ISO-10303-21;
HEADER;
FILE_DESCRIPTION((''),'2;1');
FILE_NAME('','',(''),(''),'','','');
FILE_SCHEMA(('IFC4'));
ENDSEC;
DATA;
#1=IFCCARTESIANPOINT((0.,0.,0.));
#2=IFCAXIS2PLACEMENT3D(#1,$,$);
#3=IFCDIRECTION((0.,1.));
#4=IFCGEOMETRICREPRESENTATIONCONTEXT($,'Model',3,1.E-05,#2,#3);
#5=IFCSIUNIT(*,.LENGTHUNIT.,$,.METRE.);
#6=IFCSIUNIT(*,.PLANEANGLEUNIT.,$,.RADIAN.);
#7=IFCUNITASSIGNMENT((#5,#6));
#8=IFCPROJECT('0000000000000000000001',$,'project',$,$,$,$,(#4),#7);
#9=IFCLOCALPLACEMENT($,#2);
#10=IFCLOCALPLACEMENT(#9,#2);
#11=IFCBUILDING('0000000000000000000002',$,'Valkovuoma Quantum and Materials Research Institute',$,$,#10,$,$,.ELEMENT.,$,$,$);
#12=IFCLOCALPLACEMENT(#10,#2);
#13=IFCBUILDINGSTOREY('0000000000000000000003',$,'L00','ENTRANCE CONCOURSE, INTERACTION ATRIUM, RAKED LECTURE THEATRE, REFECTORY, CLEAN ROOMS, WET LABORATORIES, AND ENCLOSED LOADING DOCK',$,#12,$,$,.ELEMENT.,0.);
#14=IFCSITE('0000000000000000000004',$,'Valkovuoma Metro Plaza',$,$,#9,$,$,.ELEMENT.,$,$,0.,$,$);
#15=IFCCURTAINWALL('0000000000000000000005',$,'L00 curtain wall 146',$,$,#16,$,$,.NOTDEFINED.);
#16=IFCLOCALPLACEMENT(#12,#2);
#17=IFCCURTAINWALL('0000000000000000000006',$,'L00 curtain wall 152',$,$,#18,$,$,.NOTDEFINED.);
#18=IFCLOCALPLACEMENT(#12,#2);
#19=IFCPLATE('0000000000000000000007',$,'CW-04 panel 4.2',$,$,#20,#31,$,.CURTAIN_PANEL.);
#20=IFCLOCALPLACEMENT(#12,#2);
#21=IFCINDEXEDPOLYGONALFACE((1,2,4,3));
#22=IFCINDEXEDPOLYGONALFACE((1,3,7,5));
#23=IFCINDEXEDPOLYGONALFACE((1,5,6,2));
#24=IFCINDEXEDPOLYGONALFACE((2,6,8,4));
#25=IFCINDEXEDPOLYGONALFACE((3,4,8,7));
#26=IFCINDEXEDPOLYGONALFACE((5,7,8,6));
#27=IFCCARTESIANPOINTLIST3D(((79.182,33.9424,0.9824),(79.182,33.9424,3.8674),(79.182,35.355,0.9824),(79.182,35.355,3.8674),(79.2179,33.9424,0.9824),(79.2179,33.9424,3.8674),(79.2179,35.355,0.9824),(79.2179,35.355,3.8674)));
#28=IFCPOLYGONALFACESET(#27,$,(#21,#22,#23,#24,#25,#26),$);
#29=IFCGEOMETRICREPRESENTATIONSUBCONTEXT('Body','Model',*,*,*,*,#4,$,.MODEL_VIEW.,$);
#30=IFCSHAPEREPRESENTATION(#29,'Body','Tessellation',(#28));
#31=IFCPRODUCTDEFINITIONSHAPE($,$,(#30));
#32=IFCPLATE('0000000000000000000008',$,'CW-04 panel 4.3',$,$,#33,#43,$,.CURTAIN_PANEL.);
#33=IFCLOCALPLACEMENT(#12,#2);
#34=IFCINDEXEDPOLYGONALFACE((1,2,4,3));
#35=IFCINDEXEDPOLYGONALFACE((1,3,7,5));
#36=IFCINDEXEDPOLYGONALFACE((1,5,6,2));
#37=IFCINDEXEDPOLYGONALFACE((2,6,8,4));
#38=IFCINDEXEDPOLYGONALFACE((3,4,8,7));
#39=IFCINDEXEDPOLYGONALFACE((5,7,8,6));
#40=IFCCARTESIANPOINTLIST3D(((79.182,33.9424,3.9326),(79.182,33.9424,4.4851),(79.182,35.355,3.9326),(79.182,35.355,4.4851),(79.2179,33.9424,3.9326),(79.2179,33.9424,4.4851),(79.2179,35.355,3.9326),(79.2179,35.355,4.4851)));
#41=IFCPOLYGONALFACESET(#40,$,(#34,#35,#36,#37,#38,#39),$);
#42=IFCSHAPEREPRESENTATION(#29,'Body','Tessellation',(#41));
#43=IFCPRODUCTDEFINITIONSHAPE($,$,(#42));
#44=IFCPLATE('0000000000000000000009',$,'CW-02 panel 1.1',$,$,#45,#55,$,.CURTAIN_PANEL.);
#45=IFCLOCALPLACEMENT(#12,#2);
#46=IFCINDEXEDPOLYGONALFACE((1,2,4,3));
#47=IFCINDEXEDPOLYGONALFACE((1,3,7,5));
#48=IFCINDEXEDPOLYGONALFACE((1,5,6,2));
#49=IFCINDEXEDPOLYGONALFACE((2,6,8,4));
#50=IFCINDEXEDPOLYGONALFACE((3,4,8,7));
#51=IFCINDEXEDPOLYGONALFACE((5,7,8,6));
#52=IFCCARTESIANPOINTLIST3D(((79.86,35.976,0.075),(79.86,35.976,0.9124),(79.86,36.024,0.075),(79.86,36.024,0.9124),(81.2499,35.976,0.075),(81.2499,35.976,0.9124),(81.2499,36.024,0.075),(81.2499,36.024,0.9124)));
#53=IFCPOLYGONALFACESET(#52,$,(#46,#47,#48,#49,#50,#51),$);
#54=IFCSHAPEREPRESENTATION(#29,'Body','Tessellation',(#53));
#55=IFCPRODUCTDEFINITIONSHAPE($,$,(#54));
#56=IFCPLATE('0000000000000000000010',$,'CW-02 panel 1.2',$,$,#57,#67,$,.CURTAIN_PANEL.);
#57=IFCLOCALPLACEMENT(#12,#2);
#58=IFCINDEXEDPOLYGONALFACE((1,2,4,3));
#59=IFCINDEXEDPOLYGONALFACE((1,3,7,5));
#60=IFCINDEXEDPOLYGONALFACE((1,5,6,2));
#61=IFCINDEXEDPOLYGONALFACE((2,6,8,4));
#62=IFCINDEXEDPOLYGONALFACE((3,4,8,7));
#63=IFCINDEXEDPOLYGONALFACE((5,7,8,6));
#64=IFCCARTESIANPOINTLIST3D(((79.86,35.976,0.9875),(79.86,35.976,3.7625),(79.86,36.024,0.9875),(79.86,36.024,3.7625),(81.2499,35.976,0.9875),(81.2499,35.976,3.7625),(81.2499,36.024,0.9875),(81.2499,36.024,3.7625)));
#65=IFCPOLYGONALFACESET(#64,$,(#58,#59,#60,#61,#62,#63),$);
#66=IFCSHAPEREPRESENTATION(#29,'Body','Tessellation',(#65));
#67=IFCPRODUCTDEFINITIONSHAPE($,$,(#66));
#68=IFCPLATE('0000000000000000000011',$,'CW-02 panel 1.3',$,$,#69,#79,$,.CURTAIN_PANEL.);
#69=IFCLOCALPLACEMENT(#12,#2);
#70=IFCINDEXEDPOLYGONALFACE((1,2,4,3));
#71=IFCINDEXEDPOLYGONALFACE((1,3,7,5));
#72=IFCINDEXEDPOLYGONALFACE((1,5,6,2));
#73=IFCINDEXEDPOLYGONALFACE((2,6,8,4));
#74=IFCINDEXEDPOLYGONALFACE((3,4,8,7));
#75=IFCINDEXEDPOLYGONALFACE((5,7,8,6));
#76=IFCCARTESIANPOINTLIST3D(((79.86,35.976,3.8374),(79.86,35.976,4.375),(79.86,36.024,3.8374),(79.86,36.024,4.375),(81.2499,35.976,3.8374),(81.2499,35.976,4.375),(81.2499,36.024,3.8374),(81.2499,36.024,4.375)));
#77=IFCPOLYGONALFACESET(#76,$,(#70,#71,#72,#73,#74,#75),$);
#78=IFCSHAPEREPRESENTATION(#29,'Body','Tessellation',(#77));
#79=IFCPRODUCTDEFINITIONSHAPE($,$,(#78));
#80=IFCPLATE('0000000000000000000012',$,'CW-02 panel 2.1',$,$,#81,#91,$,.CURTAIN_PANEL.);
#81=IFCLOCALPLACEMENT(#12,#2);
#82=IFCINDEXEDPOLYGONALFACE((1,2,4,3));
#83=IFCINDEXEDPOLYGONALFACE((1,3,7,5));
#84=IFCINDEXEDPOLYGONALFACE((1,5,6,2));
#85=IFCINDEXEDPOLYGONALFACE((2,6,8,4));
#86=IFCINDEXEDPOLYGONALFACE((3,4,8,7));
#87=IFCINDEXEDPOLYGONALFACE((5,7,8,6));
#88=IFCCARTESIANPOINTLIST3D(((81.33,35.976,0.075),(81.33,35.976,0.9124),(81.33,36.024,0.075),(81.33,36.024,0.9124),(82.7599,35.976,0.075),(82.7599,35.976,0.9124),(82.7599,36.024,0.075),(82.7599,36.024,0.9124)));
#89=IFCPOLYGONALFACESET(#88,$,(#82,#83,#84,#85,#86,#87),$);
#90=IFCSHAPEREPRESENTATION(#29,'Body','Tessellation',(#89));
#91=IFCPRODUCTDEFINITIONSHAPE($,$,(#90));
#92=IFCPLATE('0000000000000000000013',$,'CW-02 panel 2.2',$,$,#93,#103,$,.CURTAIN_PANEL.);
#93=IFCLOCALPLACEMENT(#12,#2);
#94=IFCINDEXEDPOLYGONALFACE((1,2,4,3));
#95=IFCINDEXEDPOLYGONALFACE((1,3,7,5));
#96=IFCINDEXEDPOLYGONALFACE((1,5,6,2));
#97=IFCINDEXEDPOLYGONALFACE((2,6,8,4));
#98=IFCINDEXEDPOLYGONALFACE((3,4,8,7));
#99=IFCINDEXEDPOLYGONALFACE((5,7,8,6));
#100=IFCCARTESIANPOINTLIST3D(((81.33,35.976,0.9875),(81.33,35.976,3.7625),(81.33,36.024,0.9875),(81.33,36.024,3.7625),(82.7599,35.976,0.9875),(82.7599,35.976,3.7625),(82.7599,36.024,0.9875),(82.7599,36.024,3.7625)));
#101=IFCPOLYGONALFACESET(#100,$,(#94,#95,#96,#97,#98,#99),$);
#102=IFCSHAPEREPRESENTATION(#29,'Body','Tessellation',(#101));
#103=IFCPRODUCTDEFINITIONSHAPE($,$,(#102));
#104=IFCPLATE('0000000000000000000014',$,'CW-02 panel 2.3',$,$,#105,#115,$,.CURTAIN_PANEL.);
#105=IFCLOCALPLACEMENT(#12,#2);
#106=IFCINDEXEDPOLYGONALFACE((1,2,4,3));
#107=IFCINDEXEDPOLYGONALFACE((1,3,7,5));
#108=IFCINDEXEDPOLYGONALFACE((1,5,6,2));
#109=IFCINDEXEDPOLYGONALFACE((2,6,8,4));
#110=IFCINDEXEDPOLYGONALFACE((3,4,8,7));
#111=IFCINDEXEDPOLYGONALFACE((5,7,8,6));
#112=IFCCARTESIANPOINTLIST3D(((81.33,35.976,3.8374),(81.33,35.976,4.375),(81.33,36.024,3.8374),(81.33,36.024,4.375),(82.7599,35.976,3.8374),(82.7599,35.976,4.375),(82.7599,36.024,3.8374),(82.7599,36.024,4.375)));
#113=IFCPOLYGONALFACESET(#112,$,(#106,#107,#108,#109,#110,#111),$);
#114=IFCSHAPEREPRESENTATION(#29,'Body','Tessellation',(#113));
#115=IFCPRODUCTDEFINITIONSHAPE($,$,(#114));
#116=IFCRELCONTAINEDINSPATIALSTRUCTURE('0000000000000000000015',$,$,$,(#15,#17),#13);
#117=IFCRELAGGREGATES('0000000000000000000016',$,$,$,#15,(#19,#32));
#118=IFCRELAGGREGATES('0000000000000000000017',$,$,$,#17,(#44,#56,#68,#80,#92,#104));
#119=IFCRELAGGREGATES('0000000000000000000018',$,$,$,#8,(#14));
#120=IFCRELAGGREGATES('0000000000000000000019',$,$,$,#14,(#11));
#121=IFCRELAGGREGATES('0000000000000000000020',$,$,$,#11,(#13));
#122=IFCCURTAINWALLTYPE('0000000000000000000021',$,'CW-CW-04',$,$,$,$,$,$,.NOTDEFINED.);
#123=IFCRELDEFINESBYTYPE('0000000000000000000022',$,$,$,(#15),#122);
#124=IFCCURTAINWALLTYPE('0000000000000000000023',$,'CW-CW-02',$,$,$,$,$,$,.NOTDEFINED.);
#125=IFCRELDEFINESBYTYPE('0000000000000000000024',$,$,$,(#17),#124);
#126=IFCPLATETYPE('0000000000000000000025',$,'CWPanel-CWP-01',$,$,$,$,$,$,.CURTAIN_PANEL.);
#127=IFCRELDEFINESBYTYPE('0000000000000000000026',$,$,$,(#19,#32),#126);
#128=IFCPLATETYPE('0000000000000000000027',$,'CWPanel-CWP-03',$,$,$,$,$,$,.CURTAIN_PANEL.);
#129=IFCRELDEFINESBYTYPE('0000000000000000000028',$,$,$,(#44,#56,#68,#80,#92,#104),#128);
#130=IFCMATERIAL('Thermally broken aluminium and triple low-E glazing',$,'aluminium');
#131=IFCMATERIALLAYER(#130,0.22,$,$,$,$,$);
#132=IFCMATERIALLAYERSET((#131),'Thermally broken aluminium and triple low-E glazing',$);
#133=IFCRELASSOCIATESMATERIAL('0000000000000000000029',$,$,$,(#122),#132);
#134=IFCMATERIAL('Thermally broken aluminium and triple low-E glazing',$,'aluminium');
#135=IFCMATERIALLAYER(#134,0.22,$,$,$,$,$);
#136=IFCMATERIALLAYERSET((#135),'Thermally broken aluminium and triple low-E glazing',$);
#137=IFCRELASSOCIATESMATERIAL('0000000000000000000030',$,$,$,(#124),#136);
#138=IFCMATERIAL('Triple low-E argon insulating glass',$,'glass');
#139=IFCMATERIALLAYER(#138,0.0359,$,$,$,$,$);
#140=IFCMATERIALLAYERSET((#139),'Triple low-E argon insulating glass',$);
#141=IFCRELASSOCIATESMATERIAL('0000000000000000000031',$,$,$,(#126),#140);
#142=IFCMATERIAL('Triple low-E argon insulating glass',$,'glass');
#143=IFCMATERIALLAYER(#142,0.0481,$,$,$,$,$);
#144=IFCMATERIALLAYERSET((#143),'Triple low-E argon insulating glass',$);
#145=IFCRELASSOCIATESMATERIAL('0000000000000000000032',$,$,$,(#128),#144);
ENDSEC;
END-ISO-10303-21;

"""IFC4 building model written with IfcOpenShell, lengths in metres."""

from ifc_helpers import new_model, si_unit, direction, frame, origin, origin_2d, place, context, subcontext, project, spatial, rectangle, extrude, material, layer, layer_set, type_object, element, aggregate, save


model = new_model("IFC4")

# Units and contexts
model_context = context("Model", 3, precision=1e-05, world=origin(), true_north=direction((0.0, 1.0)))
body_context = subcontext(model_context, "Body", "Model", "MODEL_VIEW")
ifc_project = project(units=[si_unit("LENGTHUNIT", "METRE"), si_unit("PLANEANGLEUNIT", "RADIAN")], contexts=[model_context])

# Site, building, storey
site_placement = place(None, origin())
site = spatial("IfcSite", under=ifc_project, at=site_placement, Name="Valkovuoma Metro Plaza", CompositionType="ELEMENT", RefElevation=0.0)
building_placement = place(site_placement, origin())
building = spatial("IfcBuilding", under=site, at=building_placement, Name="Valkovuoma Quantum and Materials Research Institute", CompositionType="ELEMENT")
storey_placement = place(building_placement, origin())
storey = spatial("IfcBuildingStorey", under=building, at=storey_placement, Name="L00", Description="ENTRANCE CONCOURSE, INTERACTION ATRIUM, RAKED LECTURE THEATRE, REFECTORY, CLEAN ROOMS, WET LABORATORIES, AND ENCLOSED LOADING DOCK", CompositionType="ELEMENT", Elevation=0.0)

# Curtain wall
ifc_material_1 = material(Name="Thermally broken aluminium and triple low-E glazing", Category="aluminium")
ifc_layer_1 = layer(ifc_material_1, 0.22)
ifc_layer_set_1 = layer_set([ifc_layer_1], Name="Thermally broken aluminium and triple low-E glazing")
curtain_wall_type_1 = type_object("IfcCurtainWallType", Name="CW-CW-04", PredefinedType="NOTDEFINED", material=ifc_layer_set_1)
curtain_wall_1_placement = place(storey_placement, origin())
curtain_wall_1 = element("IfcCurtainWall", 1, at=curtain_wall_1_placement, inside=storey, type_object=curtain_wall_type_1, Name="L00 curtain wall 146", PredefinedType="NOTDEFINED")

# Curtain wall
ifc_material_2 = material(Name="Thermally broken aluminium and triple low-E glazing", Category="aluminium")
ifc_layer_2 = layer(ifc_material_2, 0.22)
ifc_layer_set_2 = layer_set([ifc_layer_2], Name="Thermally broken aluminium and triple low-E glazing")
curtain_wall_type_2 = type_object("IfcCurtainWallType", Name="CW-CW-02", PredefinedType="NOTDEFINED", material=ifc_layer_set_2)
curtain_wall_2_placement = place(storey_placement, origin())
curtain_wall_2 = element("IfcCurtainWall", 2, at=curtain_wall_2_placement, inside=storey, type_object=curtain_wall_type_2, Name="L00 curtain wall 152", PredefinedType="NOTDEFINED")

# Plates
ifc_material_3 = material(Name="Triple low-E argon insulating glass", Category="glass")
ifc_layer_3 = layer(ifc_material_3, 0.0359)
ifc_layer_set_3 = layer_set([ifc_layer_3], Name="Triple low-E argon insulating glass")
plate_type_1 = type_object("IfcPlateType", Name="CWPanel-CWP-01", PredefinedType="CURTAIN_PANEL", material=ifc_layer_set_3)
plate_1_placement = place(storey_placement, frame((79.2, 34.6487, 0.9824), z_axis=(0.0, 0.0, 1.0), x_axis=(0.0, 1.0, 0.0)))
plate_1 = element("IfcPlate", 3, at=plate_1_placement, type_object=plate_type_1, Name="CW-04 panel 4.2", PredefinedType="CURTAIN_PANEL", context=body_context, shape_type="SweptSolid", body=[
    extrude(rectangle(XDim=1.4126, YDim=0.0359, at=origin_2d()), origin(), (0.0, 0.0, 1.0), 2.885),
])
plate_2_placement = place(storey_placement, frame((79.2, 34.6487, 3.9326), z_axis=(0.0, 0.0, 1.0), x_axis=(0.0, 1.0, 0.0)))
plate_2 = element("IfcPlate", 4, at=plate_2_placement, type_object=plate_type_1, Name="CW-04 panel 4.3", PredefinedType="CURTAIN_PANEL", context=body_context, shape_type="SweptSolid", body=[
    extrude(rectangle(XDim=1.4126, YDim=0.0359, at=origin_2d()), origin(), (0.0, 0.0, 1.0), 0.5525),
])
aggregate(curtain_wall_1, [plate_1, plate_2])
ifc_material_4 = material(Name="Triple low-E argon insulating glass", Category="glass")
ifc_layer_4 = layer(ifc_material_4, 0.0481)
ifc_layer_set_4 = layer_set([ifc_layer_4], Name="Triple low-E argon insulating glass")
plate_type_2 = type_object("IfcPlateType", Name="CWPanel-CWP-03", PredefinedType="CURTAIN_PANEL", material=ifc_layer_set_4)
plate_3_placement = place(storey_placement, frame((80.5549, 36.0, 0.075), z_axis=(0.0, 0.0, 1.0), x_axis=(1.0, 0.0, 0.0)))
plate_3 = element("IfcPlate", 5, at=plate_3_placement, type_object=plate_type_2, Name="CW-02 panel 1.1", PredefinedType="CURTAIN_PANEL", context=body_context, shape_type="SweptSolid", body=[
    extrude(rectangle(XDim=1.3899, YDim=0.0481, at=origin_2d()), origin(), (0.0, 0.0, 1.0), 0.8374),
])
plate_4_placement = place(storey_placement, frame((80.5549, 36.0, 0.9875), z_axis=(0.0, 0.0, 1.0), x_axis=(1.0, 0.0, 0.0)))
plate_4 = element("IfcPlate", 6, at=plate_4_placement, type_object=plate_type_2, Name="CW-02 panel 1.2", PredefinedType="CURTAIN_PANEL", context=body_context, shape_type="SweptSolid", body=[
    extrude(rectangle(XDim=1.3899, YDim=0.0481, at=origin_2d()), origin(), (0.0, 0.0, 1.0), 2.7749),
])
plate_5_placement = place(storey_placement, frame((80.5549, 36.0, 3.8374), z_axis=(0.0, 0.0, 1.0), x_axis=(1.0, 0.0, 0.0)))
plate_5 = element("IfcPlate", 7, at=plate_5_placement, type_object=plate_type_2, Name="CW-02 panel 1.3", PredefinedType="CURTAIN_PANEL", context=body_context, shape_type="SweptSolid", body=[
    extrude(rectangle(XDim=1.3899, YDim=0.0481, at=origin_2d()), origin(), (0.0, 0.0, 1.0), 0.5376),
])
plate_6_placement = place(storey_placement, frame((82.0449, 36.0, 0.075), z_axis=(0.0, 0.0, 1.0), x_axis=(1.0, 0.0, 0.0)))
plate_6 = element("IfcPlate", 8, at=plate_6_placement, type_object=plate_type_2, Name="CW-02 panel 2.1", PredefinedType="CURTAIN_PANEL", context=body_context, shape_type="SweptSolid", body=[
    extrude(rectangle(XDim=1.4299, YDim=0.0481, at=origin_2d()), origin(), (0.0, 0.0, 1.0), 0.8374),
])
plate_7_placement = place(storey_placement, frame((82.0449, 36.0, 0.9875), z_axis=(0.0, 0.0, 1.0), x_axis=(1.0, 0.0, 0.0)))
plate_7 = element("IfcPlate", 9, at=plate_7_placement, type_object=plate_type_2, Name="CW-02 panel 2.2", PredefinedType="CURTAIN_PANEL", context=body_context, shape_type="SweptSolid", body=[
    extrude(rectangle(XDim=1.4299, YDim=0.0481, at=origin_2d()), origin(), (0.0, 0.0, 1.0), 2.7749),
])
plate_8_placement = place(storey_placement, frame((82.0449, 36.0, 3.8374), z_axis=(0.0, 0.0, 1.0), x_axis=(1.0, 0.0, 0.0)))
plate_8 = element("IfcPlate", 10, at=plate_8_placement, type_object=plate_type_2, Name="CW-02 panel 2.3", PredefinedType="CURTAIN_PANEL", context=body_context, shape_type="SweptSolid", body=[
    extrude(rectangle(XDim=1.4299, YDim=0.0481, at=origin_2d()), origin(), (0.0, 0.0, 1.0), 0.5376),
])
aggregate(curtain_wall_2, [plate_3, plate_4, plate_5, plate_6, plate_7, plate_8])

save(model, "model.ifc")
